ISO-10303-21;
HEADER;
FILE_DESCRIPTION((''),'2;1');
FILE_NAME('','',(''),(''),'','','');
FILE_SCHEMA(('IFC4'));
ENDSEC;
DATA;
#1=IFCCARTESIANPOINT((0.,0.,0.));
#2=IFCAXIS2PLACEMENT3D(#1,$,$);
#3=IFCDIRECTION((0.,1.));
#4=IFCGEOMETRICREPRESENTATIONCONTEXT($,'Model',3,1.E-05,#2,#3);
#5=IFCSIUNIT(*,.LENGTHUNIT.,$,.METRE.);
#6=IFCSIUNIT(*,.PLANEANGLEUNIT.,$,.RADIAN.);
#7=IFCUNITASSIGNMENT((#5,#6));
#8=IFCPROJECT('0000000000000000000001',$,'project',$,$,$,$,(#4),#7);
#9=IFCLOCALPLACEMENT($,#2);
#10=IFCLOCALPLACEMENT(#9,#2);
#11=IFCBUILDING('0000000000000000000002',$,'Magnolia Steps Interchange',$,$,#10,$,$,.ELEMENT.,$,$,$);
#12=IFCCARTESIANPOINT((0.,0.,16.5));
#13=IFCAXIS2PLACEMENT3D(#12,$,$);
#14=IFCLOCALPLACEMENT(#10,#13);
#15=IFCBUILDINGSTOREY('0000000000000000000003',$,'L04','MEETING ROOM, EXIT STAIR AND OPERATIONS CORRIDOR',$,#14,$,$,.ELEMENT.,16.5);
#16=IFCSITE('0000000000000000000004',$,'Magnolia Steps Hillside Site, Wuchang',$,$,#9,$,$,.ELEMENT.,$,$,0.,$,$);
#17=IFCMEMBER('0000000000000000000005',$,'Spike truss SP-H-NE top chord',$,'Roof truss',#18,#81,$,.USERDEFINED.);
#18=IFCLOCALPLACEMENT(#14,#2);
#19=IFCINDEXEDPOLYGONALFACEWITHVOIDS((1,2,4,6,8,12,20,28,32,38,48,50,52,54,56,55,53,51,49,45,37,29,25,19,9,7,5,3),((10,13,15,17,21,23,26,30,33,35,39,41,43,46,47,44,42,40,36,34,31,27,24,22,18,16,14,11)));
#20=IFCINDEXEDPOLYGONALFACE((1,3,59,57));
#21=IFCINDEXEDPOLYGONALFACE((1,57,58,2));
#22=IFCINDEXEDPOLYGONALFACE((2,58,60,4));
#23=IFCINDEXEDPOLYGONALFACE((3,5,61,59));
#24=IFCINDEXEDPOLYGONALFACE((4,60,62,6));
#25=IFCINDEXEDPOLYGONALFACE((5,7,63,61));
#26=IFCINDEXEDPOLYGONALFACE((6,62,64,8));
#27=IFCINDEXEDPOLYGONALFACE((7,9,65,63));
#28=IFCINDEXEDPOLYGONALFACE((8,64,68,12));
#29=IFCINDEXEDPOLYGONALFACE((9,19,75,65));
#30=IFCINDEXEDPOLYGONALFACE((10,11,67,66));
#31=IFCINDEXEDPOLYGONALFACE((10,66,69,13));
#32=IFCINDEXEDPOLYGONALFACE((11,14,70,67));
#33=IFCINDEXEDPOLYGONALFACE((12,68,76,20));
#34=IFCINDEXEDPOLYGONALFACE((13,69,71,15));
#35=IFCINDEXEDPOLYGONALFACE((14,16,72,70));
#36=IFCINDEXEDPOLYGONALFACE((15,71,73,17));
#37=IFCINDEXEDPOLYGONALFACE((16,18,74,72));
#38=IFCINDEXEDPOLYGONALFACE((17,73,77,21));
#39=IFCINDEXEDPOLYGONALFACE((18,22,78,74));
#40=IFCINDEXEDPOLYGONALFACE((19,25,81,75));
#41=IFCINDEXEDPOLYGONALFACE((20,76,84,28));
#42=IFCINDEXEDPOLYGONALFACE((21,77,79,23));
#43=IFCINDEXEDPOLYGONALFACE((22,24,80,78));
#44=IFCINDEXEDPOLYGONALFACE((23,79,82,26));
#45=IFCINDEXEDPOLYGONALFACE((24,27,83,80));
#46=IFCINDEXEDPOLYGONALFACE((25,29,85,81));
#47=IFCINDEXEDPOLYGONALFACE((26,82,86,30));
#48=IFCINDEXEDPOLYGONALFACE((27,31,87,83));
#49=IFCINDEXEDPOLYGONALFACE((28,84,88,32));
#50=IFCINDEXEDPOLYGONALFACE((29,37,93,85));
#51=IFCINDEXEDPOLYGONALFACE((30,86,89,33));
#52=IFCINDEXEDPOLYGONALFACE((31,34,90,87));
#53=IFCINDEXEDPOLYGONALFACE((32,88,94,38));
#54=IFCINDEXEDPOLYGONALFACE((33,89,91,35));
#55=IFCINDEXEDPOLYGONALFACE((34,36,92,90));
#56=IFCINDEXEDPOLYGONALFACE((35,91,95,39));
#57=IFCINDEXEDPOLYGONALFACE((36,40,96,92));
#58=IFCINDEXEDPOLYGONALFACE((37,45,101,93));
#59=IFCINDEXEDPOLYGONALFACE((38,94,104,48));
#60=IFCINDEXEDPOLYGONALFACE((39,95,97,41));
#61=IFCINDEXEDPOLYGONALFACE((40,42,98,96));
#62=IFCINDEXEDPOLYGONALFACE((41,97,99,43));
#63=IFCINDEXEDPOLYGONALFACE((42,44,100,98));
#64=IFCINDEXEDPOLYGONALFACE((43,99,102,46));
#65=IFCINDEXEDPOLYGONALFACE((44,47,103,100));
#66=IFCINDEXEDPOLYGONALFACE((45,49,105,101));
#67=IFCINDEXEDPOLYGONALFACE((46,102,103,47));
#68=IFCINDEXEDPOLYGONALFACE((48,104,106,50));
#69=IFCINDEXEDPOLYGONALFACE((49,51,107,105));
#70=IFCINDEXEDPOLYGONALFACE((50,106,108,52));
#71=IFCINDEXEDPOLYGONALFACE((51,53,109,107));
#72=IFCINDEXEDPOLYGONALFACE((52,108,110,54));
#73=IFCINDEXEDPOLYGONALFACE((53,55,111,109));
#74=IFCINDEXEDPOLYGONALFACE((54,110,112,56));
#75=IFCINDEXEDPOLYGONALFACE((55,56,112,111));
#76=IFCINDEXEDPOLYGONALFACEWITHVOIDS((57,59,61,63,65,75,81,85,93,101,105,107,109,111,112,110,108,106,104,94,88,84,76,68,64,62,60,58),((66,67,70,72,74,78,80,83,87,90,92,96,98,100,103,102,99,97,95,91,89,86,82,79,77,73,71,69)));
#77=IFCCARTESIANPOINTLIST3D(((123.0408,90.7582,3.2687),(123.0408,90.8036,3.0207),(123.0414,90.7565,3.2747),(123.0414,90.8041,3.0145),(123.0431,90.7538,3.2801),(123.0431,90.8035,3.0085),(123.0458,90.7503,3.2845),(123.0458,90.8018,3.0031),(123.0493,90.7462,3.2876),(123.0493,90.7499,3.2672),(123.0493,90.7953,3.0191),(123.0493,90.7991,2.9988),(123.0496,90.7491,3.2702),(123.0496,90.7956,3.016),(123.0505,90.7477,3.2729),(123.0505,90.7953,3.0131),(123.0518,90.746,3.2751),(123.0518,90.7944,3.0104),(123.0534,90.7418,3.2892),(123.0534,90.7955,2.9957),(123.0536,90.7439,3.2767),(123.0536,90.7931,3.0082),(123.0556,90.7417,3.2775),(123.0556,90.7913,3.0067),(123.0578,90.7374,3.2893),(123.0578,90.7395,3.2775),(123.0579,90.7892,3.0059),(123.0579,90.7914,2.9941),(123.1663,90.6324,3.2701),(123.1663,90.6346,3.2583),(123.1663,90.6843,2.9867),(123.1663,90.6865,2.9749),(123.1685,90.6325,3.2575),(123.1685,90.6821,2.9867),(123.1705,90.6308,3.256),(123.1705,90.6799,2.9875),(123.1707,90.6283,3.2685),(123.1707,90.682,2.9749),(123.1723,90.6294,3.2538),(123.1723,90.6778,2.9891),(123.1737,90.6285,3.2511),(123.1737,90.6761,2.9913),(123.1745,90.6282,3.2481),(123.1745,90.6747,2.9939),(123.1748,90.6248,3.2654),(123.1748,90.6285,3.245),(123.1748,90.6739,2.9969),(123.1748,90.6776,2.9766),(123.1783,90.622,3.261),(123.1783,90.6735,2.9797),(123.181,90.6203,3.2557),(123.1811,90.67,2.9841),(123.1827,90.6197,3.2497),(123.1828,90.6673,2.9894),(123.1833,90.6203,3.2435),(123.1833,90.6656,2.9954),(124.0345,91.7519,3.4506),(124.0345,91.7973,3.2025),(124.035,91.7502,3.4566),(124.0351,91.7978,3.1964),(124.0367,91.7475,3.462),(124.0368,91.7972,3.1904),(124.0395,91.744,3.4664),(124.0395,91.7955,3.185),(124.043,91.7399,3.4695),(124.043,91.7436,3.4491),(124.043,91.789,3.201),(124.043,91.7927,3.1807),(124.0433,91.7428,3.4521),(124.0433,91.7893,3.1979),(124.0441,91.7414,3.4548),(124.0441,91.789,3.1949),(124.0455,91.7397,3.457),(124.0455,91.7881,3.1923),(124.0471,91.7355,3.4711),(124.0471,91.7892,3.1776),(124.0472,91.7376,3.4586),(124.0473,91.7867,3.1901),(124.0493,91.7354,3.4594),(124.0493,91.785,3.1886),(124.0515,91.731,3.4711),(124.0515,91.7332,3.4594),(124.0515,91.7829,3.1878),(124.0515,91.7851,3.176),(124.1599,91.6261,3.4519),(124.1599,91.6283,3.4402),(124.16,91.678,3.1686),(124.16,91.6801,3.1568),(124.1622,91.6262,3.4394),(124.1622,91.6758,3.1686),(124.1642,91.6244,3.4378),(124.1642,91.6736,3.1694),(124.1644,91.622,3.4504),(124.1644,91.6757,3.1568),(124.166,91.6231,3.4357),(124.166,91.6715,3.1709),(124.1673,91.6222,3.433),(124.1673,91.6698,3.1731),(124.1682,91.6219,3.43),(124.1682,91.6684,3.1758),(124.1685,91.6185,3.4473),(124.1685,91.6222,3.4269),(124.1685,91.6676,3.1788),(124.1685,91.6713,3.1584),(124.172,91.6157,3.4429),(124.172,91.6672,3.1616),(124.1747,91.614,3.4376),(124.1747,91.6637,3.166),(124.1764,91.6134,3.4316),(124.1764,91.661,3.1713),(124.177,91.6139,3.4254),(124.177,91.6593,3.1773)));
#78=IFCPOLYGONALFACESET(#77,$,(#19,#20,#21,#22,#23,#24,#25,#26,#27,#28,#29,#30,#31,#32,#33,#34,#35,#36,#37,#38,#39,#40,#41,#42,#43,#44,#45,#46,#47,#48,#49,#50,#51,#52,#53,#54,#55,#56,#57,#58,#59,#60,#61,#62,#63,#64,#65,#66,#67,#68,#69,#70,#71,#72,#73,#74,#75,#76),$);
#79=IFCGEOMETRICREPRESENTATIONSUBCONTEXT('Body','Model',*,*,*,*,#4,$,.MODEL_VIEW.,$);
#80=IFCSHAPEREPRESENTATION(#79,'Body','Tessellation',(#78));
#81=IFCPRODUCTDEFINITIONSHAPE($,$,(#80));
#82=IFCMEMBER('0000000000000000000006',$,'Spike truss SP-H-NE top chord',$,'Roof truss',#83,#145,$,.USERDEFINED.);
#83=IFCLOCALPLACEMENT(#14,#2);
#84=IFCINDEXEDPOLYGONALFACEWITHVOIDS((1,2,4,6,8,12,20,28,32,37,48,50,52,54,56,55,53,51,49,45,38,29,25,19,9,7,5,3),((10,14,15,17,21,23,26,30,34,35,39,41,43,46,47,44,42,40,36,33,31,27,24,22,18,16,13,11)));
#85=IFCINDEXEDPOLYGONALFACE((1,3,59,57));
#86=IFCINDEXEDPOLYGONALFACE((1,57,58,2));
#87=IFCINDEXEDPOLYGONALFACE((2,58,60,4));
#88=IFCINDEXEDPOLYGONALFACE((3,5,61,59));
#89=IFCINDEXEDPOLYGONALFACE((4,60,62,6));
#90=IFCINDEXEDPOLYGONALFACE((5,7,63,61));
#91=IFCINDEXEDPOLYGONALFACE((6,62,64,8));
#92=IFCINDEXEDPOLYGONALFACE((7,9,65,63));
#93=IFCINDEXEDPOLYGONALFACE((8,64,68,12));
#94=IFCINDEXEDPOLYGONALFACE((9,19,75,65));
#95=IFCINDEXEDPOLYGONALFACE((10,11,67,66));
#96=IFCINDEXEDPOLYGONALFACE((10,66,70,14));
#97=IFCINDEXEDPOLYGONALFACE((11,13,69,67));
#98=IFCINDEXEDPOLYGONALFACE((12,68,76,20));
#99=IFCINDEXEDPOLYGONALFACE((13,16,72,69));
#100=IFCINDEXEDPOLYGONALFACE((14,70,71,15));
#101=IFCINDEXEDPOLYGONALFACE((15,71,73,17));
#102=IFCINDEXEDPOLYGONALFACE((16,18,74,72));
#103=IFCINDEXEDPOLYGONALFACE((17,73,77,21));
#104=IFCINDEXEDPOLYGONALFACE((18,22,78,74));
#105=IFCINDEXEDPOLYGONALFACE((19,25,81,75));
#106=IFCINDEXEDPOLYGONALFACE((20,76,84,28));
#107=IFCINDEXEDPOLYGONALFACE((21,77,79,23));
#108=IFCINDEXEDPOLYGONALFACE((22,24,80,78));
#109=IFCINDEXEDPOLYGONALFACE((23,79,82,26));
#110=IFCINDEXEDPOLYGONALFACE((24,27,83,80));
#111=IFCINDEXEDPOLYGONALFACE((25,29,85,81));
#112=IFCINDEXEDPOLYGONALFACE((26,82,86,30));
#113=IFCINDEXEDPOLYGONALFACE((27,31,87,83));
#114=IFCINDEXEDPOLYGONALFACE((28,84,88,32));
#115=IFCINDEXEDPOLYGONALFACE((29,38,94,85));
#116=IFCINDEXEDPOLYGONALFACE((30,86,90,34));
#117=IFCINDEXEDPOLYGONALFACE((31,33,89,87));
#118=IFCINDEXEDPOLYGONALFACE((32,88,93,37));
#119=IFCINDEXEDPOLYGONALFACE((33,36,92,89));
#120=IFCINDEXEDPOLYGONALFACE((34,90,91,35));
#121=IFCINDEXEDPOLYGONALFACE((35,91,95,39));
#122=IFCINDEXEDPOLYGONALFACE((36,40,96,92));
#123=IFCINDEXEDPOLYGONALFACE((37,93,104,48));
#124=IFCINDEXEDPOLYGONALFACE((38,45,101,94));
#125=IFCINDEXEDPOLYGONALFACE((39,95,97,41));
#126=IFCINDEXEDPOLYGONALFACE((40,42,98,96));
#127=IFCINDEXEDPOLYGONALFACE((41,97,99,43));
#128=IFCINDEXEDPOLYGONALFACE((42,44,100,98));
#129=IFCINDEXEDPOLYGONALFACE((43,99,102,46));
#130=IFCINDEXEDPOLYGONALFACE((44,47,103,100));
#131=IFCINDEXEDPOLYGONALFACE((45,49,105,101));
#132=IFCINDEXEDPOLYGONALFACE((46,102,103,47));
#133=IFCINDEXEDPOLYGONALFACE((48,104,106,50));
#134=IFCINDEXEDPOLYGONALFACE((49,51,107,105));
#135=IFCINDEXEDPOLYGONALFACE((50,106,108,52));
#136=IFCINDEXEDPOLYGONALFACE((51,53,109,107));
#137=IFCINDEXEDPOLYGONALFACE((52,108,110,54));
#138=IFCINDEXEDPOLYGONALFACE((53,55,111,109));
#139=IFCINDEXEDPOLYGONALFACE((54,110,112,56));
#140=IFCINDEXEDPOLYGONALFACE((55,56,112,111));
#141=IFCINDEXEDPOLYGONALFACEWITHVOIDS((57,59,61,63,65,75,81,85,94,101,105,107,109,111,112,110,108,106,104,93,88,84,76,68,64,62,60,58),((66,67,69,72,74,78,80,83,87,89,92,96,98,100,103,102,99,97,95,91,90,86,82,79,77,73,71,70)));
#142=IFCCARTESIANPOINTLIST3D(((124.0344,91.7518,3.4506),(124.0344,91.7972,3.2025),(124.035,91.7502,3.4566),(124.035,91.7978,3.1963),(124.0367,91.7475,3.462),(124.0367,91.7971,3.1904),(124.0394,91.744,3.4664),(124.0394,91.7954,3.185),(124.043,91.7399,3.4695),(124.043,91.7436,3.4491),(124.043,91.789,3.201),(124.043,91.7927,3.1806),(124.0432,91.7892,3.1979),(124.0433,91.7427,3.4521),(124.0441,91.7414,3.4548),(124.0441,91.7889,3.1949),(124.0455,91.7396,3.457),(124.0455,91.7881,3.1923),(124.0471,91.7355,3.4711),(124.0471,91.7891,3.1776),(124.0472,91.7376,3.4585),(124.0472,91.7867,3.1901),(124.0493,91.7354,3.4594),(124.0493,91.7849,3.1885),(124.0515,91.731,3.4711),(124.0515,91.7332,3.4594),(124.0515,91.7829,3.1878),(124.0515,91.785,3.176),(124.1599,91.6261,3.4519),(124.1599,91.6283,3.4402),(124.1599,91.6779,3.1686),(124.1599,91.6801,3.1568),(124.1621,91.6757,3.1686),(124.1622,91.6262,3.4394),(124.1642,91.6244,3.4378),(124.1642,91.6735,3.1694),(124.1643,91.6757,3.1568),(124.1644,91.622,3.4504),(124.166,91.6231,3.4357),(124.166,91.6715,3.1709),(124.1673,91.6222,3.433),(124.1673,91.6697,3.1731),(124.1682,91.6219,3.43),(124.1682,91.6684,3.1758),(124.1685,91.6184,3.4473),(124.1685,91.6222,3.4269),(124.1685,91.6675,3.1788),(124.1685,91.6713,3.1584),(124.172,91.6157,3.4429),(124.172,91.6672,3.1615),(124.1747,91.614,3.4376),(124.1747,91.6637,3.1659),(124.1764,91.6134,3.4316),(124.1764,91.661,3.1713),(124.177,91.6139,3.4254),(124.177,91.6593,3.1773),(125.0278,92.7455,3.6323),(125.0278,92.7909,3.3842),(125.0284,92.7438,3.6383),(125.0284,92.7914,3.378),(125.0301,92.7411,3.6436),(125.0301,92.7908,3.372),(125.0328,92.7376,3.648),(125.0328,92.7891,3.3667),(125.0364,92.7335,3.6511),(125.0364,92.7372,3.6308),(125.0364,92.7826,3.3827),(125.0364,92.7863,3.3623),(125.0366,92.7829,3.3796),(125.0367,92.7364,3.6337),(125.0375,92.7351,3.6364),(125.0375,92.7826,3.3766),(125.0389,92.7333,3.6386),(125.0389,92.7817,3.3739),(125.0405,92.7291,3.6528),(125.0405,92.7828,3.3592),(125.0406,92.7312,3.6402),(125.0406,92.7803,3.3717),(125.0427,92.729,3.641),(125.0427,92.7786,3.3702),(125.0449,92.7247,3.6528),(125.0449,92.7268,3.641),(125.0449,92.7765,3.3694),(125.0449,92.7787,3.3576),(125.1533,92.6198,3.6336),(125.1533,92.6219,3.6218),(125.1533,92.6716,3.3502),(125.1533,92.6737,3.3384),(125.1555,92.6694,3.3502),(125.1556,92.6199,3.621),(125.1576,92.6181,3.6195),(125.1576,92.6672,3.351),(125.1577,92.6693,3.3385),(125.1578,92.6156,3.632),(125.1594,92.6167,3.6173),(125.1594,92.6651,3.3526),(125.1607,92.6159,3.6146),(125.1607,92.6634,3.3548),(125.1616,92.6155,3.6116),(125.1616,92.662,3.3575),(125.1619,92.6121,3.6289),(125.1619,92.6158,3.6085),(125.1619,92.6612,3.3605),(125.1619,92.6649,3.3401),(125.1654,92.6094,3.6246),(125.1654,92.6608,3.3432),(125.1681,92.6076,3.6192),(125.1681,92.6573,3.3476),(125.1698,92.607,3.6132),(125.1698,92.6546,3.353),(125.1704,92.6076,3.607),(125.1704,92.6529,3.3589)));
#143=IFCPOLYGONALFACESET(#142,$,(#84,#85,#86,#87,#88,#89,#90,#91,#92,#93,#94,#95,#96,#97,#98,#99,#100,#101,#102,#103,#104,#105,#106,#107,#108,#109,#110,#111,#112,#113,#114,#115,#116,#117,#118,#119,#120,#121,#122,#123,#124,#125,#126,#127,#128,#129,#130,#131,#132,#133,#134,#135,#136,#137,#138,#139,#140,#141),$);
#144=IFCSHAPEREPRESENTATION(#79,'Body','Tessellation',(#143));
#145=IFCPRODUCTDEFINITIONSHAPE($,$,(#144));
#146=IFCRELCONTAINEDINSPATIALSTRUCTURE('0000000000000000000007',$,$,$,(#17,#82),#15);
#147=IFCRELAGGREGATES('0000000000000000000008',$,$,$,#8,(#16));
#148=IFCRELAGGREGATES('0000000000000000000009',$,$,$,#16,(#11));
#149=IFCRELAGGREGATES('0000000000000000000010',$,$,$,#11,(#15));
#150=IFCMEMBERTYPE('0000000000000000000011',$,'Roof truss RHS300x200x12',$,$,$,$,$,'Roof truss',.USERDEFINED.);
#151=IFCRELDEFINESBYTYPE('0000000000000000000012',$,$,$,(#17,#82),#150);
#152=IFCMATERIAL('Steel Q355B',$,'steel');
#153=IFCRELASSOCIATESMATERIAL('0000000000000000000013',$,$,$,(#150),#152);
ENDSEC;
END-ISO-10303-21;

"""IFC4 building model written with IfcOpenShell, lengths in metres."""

from ifc_helpers import new_model, si_unit, direction, frame, origin, origin_2d, place, context, subcontext, project, spatial, hollow_rectangle, extrude, material, material_profile, profile_set, type_object, element, save


model = new_model("IFC4")

# Units and contexts
model_context = context("Model", 3, precision=1e-05, world=origin(), true_north=direction((0.0, 1.0)))
body_context = subcontext(model_context, "Body", "Model", "MODEL_VIEW")
ifc_project = project(units=[si_unit("LENGTHUNIT", "METRE"), si_unit("PLANEANGLEUNIT", "RADIAN")], contexts=[model_context])

# Site, building, storey
site_placement = place(None, origin())
site = spatial("IfcSite", under=ifc_project, at=site_placement, Name="Magnolia Steps Hillside Site, Wuchang", CompositionType="ELEMENT", RefElevation=0.0)
building_placement = place(site_placement, origin())
building = spatial("IfcBuilding", under=site, at=building_placement, Name="Magnolia Steps Interchange", CompositionType="ELEMENT")
storey_placement = place(building_placement, frame((0.0, 0.0, 16.5)))
storey = spatial("IfcBuildingStorey", under=building, at=storey_placement, Name="L04", Description="MEETING ROOM, EXIT STAIR AND OPERATIONS CORRIDOR", CompositionType="ELEMENT", Elevation=16.5)

# Members
ifc_material_1 = material(Name="Steel Q355B", Category="steel")
ifc_material_profile_1 = material_profile(ifc_material_1, hollow_rectangle(XDim=0.2, YDim=0.3, WallThickness=0.012, InnerFilletRadius=0.012, OuterFilletRadius=0.0239, at=origin_2d()), Name="RHS300x200x12")
ifc_profile_set_1 = profile_set([ifc_material_profile_1], Name="Steel Q355B")
member_type_1 = type_object("IfcMemberType", Name="Roof truss RHS300x200x12", ElementType="Roof truss", PredefinedType="USERDEFINED", material=ifc_profile_set_1)
member_1_placement = place(storey_placement, frame((123.1121, 90.7119, 3.1321), z_axis=(0.701257, 0.701257, 0.128363), x_axis=(-0.712908, 0.689811, 0.126185)))
element("IfcMember", 1, at=member_1_placement, inside=storey, type_object=member_type_1, Name="Spike truss SP-H-NE top chord", ObjectType="Roof truss", PredefinedType="USERDEFINED", context=body_context, shape_type="SweptSolid", body=[
    extrude(hollow_rectangle(XDim=0.2, YDim=0.3, WallThickness=0.012, InnerFilletRadius=0.012, OuterFilletRadius=0.0239, at=origin_2d()), origin(), (0.0, 0.0, 1.0), 1.417),
])
for number, where, z_axis, x_axis, name in (
    (2, (124.1057, 91.7056, 3.314), (0.701185, 0.701357, 0.128209), (-0.712979, 0.689737, 0.126188), "Spike truss SP-H-NE top chord"),
):
    element("IfcMember", number, at=place(storey_placement, frame(where, z_axis=z_axis, x_axis=x_axis)), inside=storey, type_object=member_type_1, Name=name, ObjectType="Roof truss", PredefinedType="USERDEFINED", context=body_context, shape_type="SweptSolid", body=[
        extrude(hollow_rectangle(XDim=0.2, YDim=0.3, WallThickness=0.012, InnerFilletRadius=0.012, OuterFilletRadius=0.0239, at=origin_2d()), origin(), (0.0, 0.0, 1.0), 1.4167),
    ])

save(model, "model.ifc")
